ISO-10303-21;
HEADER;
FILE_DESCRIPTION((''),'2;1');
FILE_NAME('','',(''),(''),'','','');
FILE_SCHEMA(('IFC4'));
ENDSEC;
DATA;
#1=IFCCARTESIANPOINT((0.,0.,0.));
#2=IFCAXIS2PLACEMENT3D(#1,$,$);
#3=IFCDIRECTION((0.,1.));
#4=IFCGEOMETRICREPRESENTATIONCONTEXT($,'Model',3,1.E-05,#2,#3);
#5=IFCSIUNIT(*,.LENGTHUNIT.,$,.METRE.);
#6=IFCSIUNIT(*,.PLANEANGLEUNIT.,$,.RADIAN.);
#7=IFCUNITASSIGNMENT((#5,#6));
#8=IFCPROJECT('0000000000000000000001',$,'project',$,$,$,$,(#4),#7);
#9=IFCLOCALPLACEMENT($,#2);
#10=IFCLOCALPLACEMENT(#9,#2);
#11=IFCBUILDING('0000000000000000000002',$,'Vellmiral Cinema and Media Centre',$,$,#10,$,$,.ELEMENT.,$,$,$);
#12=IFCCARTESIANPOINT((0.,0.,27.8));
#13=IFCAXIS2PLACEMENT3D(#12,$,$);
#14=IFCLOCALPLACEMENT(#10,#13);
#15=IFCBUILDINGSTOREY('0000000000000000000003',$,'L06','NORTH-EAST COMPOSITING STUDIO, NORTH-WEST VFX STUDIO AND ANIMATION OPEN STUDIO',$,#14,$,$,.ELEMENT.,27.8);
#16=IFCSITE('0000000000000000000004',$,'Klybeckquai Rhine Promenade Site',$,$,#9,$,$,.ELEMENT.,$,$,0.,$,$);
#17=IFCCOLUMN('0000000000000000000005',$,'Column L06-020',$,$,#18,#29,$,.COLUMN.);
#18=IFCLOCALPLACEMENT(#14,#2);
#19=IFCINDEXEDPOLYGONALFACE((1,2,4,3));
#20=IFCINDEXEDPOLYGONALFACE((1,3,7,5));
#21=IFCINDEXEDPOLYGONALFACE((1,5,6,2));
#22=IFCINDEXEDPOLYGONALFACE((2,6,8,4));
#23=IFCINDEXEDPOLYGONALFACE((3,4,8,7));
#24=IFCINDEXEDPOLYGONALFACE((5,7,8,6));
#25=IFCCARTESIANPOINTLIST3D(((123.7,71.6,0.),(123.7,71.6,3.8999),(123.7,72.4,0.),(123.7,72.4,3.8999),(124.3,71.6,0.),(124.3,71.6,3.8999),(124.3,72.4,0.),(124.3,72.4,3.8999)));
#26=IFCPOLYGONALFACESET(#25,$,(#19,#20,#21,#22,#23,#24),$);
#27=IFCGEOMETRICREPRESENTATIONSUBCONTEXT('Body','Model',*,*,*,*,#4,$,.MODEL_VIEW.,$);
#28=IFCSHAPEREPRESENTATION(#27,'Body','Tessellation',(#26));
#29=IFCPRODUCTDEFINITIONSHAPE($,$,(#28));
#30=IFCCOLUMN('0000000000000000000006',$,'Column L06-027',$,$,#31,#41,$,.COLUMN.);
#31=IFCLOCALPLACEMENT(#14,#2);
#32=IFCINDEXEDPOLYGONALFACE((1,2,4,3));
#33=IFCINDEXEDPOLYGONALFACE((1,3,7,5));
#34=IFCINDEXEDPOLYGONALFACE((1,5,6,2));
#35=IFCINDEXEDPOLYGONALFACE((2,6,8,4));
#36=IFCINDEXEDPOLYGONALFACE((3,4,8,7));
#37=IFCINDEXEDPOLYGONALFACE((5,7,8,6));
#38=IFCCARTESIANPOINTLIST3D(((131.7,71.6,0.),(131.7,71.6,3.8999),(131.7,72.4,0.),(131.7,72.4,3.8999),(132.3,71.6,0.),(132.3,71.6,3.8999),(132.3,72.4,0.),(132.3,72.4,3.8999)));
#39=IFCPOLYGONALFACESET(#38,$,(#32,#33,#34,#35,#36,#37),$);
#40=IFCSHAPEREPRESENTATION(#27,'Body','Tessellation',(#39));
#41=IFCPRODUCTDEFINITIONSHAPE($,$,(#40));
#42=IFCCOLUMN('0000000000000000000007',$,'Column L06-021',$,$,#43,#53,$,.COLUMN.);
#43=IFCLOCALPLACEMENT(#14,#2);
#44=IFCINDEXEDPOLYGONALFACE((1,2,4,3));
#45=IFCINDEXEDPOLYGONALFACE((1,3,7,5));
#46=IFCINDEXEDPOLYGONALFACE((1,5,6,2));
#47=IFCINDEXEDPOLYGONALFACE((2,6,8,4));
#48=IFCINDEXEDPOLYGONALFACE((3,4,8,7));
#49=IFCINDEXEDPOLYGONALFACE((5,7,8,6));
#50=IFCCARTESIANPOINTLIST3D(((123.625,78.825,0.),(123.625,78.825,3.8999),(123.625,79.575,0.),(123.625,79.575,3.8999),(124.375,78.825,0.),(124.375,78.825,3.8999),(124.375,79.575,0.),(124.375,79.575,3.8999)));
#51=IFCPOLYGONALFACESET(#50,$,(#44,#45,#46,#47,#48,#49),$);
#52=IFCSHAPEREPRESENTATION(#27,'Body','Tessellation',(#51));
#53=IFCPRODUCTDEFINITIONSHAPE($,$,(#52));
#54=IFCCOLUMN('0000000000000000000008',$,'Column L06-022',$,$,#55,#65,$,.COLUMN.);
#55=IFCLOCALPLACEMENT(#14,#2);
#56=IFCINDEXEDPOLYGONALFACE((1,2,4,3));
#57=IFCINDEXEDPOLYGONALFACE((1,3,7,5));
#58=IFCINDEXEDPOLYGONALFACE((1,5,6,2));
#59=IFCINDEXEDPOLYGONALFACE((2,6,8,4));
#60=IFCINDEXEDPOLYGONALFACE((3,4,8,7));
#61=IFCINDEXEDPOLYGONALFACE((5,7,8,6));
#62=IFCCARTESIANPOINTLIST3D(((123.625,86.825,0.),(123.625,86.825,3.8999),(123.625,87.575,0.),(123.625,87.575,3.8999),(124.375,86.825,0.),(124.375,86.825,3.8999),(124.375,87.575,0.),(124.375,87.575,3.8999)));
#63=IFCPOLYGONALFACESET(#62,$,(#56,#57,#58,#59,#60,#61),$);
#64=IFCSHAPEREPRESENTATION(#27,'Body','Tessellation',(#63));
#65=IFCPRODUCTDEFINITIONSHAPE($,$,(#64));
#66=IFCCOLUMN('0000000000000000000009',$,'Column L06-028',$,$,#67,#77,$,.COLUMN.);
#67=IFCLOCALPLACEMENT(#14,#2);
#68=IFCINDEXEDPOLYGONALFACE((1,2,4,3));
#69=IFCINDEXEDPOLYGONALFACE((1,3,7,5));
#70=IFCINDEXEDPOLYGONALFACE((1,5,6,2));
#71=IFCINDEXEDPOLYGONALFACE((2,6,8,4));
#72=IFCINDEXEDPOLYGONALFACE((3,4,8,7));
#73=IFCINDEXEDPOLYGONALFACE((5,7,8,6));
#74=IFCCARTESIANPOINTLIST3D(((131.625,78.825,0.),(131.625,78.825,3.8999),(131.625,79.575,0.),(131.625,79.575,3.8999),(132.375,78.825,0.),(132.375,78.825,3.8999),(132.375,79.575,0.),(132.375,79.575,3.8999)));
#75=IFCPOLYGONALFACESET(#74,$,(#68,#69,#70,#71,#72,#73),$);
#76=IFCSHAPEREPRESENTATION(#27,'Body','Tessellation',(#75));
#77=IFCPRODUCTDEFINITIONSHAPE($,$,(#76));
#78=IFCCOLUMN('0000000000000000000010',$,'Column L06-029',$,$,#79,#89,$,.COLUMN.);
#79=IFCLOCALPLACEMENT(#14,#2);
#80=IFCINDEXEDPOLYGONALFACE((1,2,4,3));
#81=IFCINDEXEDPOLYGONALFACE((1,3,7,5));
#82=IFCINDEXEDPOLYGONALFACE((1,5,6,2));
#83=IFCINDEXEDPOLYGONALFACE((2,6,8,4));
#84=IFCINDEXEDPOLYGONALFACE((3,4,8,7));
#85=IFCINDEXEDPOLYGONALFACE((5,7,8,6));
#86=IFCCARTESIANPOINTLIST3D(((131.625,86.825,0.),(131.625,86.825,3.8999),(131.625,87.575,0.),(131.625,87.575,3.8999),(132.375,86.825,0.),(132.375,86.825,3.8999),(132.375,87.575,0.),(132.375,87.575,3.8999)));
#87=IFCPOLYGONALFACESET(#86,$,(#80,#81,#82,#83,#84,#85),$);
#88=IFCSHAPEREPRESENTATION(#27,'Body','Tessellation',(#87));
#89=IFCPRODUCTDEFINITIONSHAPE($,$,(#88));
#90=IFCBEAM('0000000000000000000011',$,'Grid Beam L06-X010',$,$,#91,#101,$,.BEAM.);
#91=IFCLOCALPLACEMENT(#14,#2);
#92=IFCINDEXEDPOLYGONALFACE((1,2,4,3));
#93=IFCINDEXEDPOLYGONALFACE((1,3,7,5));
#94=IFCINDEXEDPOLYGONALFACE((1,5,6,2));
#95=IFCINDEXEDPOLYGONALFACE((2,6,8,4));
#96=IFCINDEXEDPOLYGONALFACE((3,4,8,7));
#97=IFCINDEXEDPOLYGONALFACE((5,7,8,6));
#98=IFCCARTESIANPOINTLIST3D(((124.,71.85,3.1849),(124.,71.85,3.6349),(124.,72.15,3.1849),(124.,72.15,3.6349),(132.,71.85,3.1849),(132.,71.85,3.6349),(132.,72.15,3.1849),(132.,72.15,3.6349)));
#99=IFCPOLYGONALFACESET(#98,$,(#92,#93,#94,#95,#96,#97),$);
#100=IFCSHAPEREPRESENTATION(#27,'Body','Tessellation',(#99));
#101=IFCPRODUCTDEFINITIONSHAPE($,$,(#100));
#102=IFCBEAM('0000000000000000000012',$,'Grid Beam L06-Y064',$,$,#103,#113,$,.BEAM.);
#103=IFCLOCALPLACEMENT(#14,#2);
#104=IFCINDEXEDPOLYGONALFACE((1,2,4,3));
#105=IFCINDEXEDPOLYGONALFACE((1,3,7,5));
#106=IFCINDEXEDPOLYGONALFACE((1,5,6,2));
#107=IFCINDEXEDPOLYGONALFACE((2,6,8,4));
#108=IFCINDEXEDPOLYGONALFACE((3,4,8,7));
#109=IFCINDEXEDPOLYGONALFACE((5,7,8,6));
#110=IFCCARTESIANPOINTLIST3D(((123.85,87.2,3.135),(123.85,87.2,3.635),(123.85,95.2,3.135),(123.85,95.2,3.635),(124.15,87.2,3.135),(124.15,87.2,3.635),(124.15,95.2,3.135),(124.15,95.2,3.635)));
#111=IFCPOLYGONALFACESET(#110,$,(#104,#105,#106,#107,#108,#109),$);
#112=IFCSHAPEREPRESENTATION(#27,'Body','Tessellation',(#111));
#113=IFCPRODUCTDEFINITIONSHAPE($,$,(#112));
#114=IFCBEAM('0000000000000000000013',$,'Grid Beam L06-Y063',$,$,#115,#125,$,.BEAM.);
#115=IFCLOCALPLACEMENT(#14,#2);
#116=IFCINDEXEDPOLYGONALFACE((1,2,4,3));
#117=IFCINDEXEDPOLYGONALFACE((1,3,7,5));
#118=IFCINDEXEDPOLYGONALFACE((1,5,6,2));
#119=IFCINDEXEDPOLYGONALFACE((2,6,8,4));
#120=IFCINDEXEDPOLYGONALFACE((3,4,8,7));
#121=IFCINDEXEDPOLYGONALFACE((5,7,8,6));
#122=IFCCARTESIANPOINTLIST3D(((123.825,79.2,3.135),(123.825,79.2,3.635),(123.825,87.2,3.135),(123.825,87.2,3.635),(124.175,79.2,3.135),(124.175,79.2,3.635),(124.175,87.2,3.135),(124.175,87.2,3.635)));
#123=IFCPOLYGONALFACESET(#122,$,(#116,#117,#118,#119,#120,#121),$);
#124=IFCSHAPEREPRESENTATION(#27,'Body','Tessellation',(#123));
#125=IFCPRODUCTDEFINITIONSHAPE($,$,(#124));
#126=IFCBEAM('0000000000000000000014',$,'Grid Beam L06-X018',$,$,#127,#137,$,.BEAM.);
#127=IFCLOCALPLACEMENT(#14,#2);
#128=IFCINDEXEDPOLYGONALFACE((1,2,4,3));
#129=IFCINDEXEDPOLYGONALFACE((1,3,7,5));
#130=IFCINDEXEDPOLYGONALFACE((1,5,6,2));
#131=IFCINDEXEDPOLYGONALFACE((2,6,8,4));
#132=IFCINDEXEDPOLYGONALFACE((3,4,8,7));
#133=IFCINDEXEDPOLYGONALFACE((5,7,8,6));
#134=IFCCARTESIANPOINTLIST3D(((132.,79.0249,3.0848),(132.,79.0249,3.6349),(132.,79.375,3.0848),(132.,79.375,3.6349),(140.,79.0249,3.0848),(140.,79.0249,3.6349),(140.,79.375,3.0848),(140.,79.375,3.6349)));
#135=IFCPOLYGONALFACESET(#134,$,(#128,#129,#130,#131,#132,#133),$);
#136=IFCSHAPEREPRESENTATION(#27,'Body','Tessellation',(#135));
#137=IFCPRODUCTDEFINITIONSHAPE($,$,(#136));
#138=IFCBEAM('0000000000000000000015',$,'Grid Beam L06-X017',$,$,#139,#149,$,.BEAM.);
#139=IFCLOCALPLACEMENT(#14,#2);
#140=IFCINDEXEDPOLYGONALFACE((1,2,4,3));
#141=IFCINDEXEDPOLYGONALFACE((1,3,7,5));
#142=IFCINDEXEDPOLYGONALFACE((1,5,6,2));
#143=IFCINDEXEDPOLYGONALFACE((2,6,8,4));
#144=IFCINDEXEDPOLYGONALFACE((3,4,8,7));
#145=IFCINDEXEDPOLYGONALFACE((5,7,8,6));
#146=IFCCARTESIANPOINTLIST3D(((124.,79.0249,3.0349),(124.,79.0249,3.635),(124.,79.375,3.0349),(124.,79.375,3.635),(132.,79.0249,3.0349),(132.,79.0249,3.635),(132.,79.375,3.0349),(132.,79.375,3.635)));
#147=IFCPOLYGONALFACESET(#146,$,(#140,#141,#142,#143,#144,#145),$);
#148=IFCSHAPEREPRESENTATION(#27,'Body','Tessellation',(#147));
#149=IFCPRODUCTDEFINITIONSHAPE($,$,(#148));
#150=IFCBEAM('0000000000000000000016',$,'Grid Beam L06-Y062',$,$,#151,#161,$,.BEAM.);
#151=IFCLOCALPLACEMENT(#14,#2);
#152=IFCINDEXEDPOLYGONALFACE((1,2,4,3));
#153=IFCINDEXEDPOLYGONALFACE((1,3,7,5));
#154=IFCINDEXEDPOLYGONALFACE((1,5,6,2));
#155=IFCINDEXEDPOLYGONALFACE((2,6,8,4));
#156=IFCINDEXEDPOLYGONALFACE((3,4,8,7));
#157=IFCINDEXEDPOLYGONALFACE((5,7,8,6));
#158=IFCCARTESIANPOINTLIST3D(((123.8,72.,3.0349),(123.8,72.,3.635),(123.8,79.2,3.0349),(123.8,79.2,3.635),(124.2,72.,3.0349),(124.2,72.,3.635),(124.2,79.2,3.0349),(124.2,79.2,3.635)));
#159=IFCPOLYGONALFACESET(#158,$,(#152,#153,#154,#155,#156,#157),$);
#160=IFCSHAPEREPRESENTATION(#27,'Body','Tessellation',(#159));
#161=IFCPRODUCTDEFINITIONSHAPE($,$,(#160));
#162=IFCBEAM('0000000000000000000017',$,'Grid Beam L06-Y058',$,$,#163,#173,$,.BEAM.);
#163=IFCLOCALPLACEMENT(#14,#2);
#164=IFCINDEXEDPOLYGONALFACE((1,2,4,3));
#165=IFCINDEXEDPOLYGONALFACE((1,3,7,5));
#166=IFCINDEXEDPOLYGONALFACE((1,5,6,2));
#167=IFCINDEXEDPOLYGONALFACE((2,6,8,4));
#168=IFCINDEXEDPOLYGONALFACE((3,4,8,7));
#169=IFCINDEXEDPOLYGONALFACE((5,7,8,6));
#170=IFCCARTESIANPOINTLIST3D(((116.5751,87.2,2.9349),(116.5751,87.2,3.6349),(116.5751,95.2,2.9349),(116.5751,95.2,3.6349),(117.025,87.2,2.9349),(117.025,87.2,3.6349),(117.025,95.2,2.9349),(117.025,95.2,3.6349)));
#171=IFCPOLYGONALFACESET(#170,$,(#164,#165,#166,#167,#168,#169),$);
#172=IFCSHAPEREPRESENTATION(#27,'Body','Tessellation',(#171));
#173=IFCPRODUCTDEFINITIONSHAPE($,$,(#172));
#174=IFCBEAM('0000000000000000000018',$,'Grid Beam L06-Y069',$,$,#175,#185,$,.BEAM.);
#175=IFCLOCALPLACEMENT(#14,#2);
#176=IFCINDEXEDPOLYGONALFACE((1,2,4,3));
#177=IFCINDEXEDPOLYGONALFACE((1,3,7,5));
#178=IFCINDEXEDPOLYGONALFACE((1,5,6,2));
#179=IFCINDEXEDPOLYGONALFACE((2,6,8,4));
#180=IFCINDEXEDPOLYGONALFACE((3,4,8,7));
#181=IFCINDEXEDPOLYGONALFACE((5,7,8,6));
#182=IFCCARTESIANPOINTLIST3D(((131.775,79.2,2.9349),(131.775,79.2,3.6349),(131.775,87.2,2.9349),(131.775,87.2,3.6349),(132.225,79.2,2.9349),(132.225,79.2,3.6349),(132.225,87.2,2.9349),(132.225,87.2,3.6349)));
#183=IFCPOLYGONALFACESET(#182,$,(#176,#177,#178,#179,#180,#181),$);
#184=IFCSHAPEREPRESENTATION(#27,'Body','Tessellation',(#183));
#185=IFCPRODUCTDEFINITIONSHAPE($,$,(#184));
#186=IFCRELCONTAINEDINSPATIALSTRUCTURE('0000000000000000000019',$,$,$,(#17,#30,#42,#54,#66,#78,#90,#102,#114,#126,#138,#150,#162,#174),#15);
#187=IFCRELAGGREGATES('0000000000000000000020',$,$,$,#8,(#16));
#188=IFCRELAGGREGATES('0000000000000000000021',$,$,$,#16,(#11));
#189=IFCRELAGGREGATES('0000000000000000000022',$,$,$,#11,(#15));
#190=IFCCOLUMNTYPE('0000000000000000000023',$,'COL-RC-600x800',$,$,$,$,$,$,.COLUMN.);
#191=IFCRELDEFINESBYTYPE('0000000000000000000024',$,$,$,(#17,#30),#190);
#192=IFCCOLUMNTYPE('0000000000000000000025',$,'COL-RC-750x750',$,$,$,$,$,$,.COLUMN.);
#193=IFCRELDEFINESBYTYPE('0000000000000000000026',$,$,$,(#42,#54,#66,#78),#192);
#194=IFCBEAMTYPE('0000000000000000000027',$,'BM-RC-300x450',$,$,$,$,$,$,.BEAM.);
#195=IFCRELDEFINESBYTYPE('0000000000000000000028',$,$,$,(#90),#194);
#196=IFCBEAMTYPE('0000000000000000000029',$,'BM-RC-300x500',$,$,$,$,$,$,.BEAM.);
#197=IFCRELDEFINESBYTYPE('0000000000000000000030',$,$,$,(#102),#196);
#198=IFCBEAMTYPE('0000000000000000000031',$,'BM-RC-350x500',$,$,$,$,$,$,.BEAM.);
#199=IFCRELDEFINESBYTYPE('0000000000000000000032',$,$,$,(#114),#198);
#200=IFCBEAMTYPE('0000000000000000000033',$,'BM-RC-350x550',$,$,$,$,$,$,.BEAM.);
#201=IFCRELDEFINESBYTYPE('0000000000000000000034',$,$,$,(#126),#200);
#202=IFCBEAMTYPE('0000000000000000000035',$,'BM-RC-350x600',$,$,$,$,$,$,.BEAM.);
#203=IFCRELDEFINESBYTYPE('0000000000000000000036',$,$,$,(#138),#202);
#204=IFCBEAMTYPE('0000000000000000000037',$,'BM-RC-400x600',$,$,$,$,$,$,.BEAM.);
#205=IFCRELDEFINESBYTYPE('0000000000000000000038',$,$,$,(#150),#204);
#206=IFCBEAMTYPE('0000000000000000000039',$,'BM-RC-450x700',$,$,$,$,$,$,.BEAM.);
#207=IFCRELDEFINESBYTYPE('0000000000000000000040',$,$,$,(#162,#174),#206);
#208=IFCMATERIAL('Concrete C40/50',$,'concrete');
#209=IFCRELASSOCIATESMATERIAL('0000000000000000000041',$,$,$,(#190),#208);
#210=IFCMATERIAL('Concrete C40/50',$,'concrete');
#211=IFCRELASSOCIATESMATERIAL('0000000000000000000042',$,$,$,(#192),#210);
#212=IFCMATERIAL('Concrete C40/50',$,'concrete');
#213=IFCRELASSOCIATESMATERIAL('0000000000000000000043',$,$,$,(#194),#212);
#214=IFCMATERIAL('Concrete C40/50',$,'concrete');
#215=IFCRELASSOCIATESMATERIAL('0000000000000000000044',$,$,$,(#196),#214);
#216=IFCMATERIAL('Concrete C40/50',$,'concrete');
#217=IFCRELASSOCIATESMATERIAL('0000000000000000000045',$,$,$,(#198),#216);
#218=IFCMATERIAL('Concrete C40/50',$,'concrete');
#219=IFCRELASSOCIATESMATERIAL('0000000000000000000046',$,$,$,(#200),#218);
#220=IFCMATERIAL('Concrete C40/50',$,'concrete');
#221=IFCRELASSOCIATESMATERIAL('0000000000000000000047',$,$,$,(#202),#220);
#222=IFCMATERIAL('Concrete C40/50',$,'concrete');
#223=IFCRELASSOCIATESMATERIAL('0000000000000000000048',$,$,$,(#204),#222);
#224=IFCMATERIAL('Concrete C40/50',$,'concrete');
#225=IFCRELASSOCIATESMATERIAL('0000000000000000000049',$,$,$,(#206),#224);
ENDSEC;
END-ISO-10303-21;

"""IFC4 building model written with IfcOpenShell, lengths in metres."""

from ifc_helpers import new_model, si_unit, direction, frame, origin, origin_2d, place, context, subcontext, project, spatial, rectangle, extrude, material, material_profile, profile_set, type_object, element, save


model = new_model("IFC4")

# Units and contexts
model_context = context("Model", 3, precision=1e-05, world=origin(), true_north=direction((0.0, 1.0)))
body_context = subcontext(model_context, "Body", "Model", "MODEL_VIEW")
ifc_project = project(units=[si_unit("LENGTHUNIT", "METRE"), si_unit("PLANEANGLEUNIT", "RADIAN")], contexts=[model_context])

# Site, building, storey
site_placement = place(None, origin())
site = spatial("IfcSite", under=ifc_project, at=site_placement, Name="Klybeckquai Rhine Promenade Site", CompositionType="ELEMENT", RefElevation=0.0)
building_placement = place(site_placement, origin())
building = spatial("IfcBuilding", under=site, at=building_placement, Name="Vellmiral Cinema and Media Centre", CompositionType="ELEMENT")
storey_placement = place(building_placement, frame((0.0, 0.0, 27.8)))
storey = spatial("IfcBuildingStorey", under=building, at=storey_placement, Name="L06", Description="NORTH-EAST COMPOSITING STUDIO, NORTH-WEST VFX STUDIO AND ANIMATION OPEN STUDIO", CompositionType="ELEMENT", Elevation=27.8)

# Columns
ifc_material_1 = material(Name="Concrete C40/50", Category="concrete")
ifc_material_profile_1 = material_profile(ifc_material_1, rectangle(XDim=0.6001, YDim=0.8, at=origin_2d()), Name="RC 600x800")
ifc_profile_set_1 = profile_set([ifc_material_profile_1], Name="Concrete C40/50")
column_type_1 = type_object("IfcColumnType", Name="COL-RC-600x800", PredefinedType="COLUMN", material=ifc_profile_set_1)
for number, where, z_axis, x_axis, name in (
    (1, (124.0, 72.0, 0.0), (0.0, 0.0, 1.0), (1.0, 0.0, 0.0), "Column L06-020"),
    (2, (132.0, 72.0, 0.0), (0.0, 0.0, 1.0), (1.0, 0.0, 0.0), "Column L06-027"),
):
    element("IfcColumn", number, at=place(storey_placement, frame(where, z_axis=z_axis, x_axis=x_axis)), inside=storey, type_object=column_type_1, Name=name, PredefinedType="COLUMN", context=body_context, shape_type="SweptSolid", body=[
        extrude(rectangle(XDim=0.6001, YDim=0.8, at=origin_2d()), origin(), (0.0, 0.0, 1.0), 3.8999),
    ])
ifc_material_2 = material(Name="Concrete C40/50", Category="concrete")
ifc_material_profile_2 = material_profile(ifc_material_2, rectangle(XDim=0.75, YDim=0.75, at=origin_2d()), Name="RC 750x750")
ifc_profile_set_2 = profile_set([ifc_material_profile_2], Name="Concrete C40/50")
column_type_2 = type_object("IfcColumnType", Name="COL-RC-750x750", PredefinedType="COLUMN", material=ifc_profile_set_2)
for number, where, z_axis, x_axis, name in (
    (3, (124.0, 79.2, 0.0), (0.0, 0.0, 1.0), (1.0, 0.0, 0.0), "Column L06-021"),
    (4, (124.0, 87.2, 0.0), (0.0, 0.0, 1.0), (1.0, 0.0, 0.0), "Column L06-022"),
    (5, (132.0, 79.2, 0.0), (0.0, 0.0, 1.0), (1.0, 0.0, 0.0), "Column L06-028"),
    (6, (132.0, 87.2, 0.0), (0.0, 0.0, 1.0), (1.0, 0.0, 0.0), "Column L06-029"),
):
    element("IfcColumn", number, at=place(storey_placement, frame(where, z_axis=z_axis, x_axis=x_axis)), inside=storey, type_object=column_type_2, Name=name, PredefinedType="COLUMN", context=body_context, shape_type="SweptSolid", body=[
        extrude(rectangle(XDim=0.75, YDim=0.75, at=origin_2d()), origin(), (0.0, 0.0, 1.0), 3.8999),
    ])

# Beams
ifc_material_3 = material(Name="Concrete C40/50", Category="concrete")
ifc_material_profile_3 = material_profile(ifc_material_3, rectangle(XDim=0.3, YDim=0.45, at=origin_2d()), Name="RC 300x450")
ifc_profile_set_3 = profile_set([ifc_material_profile_3], Name="Concrete C40/50")
beam_type_1 = type_object("IfcBeamType", Name="BM-RC-300x450", PredefinedType="BEAM", material=ifc_profile_set_3)
beam_1_placement = place(storey_placement, frame((124.0, 72.0, 3.4099), z_axis=(1.0, 0.0, 0.0), x_axis=(0.0, 1.0, 0.0)))
element("IfcBeam", 7, at=beam_1_placement, inside=storey, type_object=beam_type_1, Name="Grid Beam L06-X010", PredefinedType="BEAM", context=body_context, shape_type="SweptSolid", body=[
    extrude(rectangle(XDim=0.3, YDim=0.45, at=origin_2d()), origin(), (0.0, 0.0, 1.0), 8.0),
])
ifc_material_4 = material(Name="Concrete C40/50", Category="concrete")
ifc_material_profile_4 = material_profile(ifc_material_4, rectangle(XDim=0.3, YDim=0.5, at=origin_2d()), Name="RC 300x500")
ifc_profile_set_4 = profile_set([ifc_material_profile_4], Name="Concrete C40/50")
beam_type_2 = type_object("IfcBeamType", Name="BM-RC-300x500", PredefinedType="BEAM", material=ifc_profile_set_4)
beam_2_placement = place(storey_placement, frame((124.0, 87.2, 3.385), z_axis=(0.0, 1.0, 0.0), x_axis=(-1.0, 0.0, 0.0)))
element("IfcBeam", 8, at=beam_2_placement, inside=storey, type_object=beam_type_2, Name="Grid Beam L06-Y064", PredefinedType="BEAM", context=body_context, shape_type="SweptSolid", body=[
    extrude(rectangle(XDim=0.3, YDim=0.5, at=origin_2d()), origin(), (0.0, 0.0, 1.0), 8.0),
])
ifc_material_5 = material(Name="Concrete C40/50", Category="concrete")
ifc_material_profile_5 = material_profile(ifc_material_5, rectangle(XDim=0.3501, YDim=0.5, at=origin_2d()), Name="RC 350x500")
ifc_profile_set_5 = profile_set([ifc_material_profile_5], Name="Concrete C40/50")
beam_type_3 = type_object("IfcBeamType", Name="BM-RC-350x500", PredefinedType="BEAM", material=ifc_profile_set_5)
beam_3_placement = place(storey_placement, frame((124.0, 79.2, 3.385), z_axis=(0.0, 1.0, 0.0), x_axis=(-1.0, 0.0, 0.0)))
element("IfcBeam", 9, at=beam_3_placement, inside=storey, type_object=beam_type_3, Name="Grid Beam L06-Y063", PredefinedType="BEAM", context=body_context, shape_type="SweptSolid", body=[
    extrude(rectangle(XDim=0.3501, YDim=0.5, at=origin_2d()), origin(), (0.0, 0.0, 1.0), 8.0),
])
ifc_material_6 = material(Name="Concrete C40/50", Category="concrete")
ifc_material_profile_6 = material_profile(ifc_material_6, rectangle(XDim=0.3501, YDim=0.55, at=origin_2d()), Name="RC 350x550")
ifc_profile_set_6 = profile_set([ifc_material_profile_6], Name="Concrete C40/50")
beam_type_4 = type_object("IfcBeamType", Name="BM-RC-350x550", PredefinedType="BEAM", material=ifc_profile_set_6)
beam_4_placement = place(storey_placement, frame((132.0, 79.2, 3.3599), z_axis=(1.0, 0.0, 0.0), x_axis=(0.0, 1.0, 0.0)))
element("IfcBeam", 10, at=beam_4_placement, inside=storey, type_object=beam_type_4, Name="Grid Beam L06-X018", PredefinedType="BEAM", context=body_context, shape_type="SweptSolid", body=[
    extrude(rectangle(XDim=0.3501, YDim=0.55, at=origin_2d()), origin(), (0.0, 0.0, 1.0), 8.0),
])
ifc_material_7 = material(Name="Concrete C40/50", Category="concrete")
ifc_material_profile_7 = material_profile(ifc_material_7, rectangle(XDim=0.3501, YDim=0.6001, at=origin_2d()), Name="RC 350x600")
ifc_profile_set_7 = profile_set([ifc_material_profile_7], Name="Concrete C40/50")
beam_type_5 = type_object("IfcBeamType", Name="BM-RC-350x600", PredefinedType="BEAM", material=ifc_profile_set_7)
beam_5_placement = place(storey_placement, frame((124.0, 79.2, 3.335), z_axis=(1.0, 0.0, 0.0), x_axis=(0.0, 1.0, 0.0)))
element("IfcBeam", 11, at=beam_5_placement, inside=storey, type_object=beam_type_5, Name="Grid Beam L06-X017", PredefinedType="BEAM", context=body_context, shape_type="SweptSolid", body=[
    extrude(rectangle(XDim=0.3501, YDim=0.6001, at=origin_2d()), origin(), (0.0, 0.0, 1.0), 8.0),
])
ifc_material_8 = material(Name="Concrete C40/50", Category="concrete")
ifc_material_profile_8 = material_profile(ifc_material_8, rectangle(XDim=0.3999, YDim=0.6001, at=origin_2d()), Name="RC 400x600")
ifc_profile_set_8 = profile_set([ifc_material_profile_8], Name="Concrete C40/50")
beam_type_6 = type_object("IfcBeamType", Name="BM-RC-400x600", PredefinedType="BEAM", material=ifc_profile_set_8)
beam_6_placement = place(storey_placement, frame((124.0, 72.0, 3.335), z_axis=(0.0, 1.0, 0.0), x_axis=(-1.0, 0.0, 0.0)))
element("IfcBeam", 12, at=beam_6_placement, inside=storey, type_object=beam_type_6, Name="Grid Beam L06-Y062", PredefinedType="BEAM", context=body_context, shape_type="SweptSolid", body=[
    extrude(rectangle(XDim=0.3999, YDim=0.6001, at=origin_2d()), origin(), (0.0, 0.0, 1.0), 7.2),
])
ifc_material_9 = material(Name="Concrete C40/50", Category="concrete")
ifc_material_profile_9 = material_profile(ifc_material_9, rectangle(XDim=0.45, YDim=0.7, at=origin_2d()), Name="RC 450x700")
ifc_profile_set_9 = profile_set([ifc_material_profile_9], Name="Concrete C40/50")
beam_type_7 = type_object("IfcBeamType", Name="BM-RC-450x700", PredefinedType="BEAM", material=ifc_profile_set_9)
for number, where, z_axis, x_axis, name in (
    (13, (116.8, 87.2, 3.2849), (0.0, 1.0, 0.0), (-1.0, 0.0, 0.0), "Grid Beam L06-Y058"),
    (14, (132.0, 79.2, 3.2849), (0.0, 1.0, 0.0), (-1.0, 0.0, 0.0), "Grid Beam L06-Y069"),
):
    element("IfcBeam", number, at=place(storey_placement, frame(where, z_axis=z_axis, x_axis=x_axis)), inside=storey, type_object=beam_type_7, Name=name, PredefinedType="BEAM", context=body_context, shape_type="SweptSolid", body=[
        extrude(rectangle(XDim=0.45, YDim=0.7, at=origin_2d()), origin(), (0.0, 0.0, 1.0), 8.0),
    ])

save(model, "model.ifc")
